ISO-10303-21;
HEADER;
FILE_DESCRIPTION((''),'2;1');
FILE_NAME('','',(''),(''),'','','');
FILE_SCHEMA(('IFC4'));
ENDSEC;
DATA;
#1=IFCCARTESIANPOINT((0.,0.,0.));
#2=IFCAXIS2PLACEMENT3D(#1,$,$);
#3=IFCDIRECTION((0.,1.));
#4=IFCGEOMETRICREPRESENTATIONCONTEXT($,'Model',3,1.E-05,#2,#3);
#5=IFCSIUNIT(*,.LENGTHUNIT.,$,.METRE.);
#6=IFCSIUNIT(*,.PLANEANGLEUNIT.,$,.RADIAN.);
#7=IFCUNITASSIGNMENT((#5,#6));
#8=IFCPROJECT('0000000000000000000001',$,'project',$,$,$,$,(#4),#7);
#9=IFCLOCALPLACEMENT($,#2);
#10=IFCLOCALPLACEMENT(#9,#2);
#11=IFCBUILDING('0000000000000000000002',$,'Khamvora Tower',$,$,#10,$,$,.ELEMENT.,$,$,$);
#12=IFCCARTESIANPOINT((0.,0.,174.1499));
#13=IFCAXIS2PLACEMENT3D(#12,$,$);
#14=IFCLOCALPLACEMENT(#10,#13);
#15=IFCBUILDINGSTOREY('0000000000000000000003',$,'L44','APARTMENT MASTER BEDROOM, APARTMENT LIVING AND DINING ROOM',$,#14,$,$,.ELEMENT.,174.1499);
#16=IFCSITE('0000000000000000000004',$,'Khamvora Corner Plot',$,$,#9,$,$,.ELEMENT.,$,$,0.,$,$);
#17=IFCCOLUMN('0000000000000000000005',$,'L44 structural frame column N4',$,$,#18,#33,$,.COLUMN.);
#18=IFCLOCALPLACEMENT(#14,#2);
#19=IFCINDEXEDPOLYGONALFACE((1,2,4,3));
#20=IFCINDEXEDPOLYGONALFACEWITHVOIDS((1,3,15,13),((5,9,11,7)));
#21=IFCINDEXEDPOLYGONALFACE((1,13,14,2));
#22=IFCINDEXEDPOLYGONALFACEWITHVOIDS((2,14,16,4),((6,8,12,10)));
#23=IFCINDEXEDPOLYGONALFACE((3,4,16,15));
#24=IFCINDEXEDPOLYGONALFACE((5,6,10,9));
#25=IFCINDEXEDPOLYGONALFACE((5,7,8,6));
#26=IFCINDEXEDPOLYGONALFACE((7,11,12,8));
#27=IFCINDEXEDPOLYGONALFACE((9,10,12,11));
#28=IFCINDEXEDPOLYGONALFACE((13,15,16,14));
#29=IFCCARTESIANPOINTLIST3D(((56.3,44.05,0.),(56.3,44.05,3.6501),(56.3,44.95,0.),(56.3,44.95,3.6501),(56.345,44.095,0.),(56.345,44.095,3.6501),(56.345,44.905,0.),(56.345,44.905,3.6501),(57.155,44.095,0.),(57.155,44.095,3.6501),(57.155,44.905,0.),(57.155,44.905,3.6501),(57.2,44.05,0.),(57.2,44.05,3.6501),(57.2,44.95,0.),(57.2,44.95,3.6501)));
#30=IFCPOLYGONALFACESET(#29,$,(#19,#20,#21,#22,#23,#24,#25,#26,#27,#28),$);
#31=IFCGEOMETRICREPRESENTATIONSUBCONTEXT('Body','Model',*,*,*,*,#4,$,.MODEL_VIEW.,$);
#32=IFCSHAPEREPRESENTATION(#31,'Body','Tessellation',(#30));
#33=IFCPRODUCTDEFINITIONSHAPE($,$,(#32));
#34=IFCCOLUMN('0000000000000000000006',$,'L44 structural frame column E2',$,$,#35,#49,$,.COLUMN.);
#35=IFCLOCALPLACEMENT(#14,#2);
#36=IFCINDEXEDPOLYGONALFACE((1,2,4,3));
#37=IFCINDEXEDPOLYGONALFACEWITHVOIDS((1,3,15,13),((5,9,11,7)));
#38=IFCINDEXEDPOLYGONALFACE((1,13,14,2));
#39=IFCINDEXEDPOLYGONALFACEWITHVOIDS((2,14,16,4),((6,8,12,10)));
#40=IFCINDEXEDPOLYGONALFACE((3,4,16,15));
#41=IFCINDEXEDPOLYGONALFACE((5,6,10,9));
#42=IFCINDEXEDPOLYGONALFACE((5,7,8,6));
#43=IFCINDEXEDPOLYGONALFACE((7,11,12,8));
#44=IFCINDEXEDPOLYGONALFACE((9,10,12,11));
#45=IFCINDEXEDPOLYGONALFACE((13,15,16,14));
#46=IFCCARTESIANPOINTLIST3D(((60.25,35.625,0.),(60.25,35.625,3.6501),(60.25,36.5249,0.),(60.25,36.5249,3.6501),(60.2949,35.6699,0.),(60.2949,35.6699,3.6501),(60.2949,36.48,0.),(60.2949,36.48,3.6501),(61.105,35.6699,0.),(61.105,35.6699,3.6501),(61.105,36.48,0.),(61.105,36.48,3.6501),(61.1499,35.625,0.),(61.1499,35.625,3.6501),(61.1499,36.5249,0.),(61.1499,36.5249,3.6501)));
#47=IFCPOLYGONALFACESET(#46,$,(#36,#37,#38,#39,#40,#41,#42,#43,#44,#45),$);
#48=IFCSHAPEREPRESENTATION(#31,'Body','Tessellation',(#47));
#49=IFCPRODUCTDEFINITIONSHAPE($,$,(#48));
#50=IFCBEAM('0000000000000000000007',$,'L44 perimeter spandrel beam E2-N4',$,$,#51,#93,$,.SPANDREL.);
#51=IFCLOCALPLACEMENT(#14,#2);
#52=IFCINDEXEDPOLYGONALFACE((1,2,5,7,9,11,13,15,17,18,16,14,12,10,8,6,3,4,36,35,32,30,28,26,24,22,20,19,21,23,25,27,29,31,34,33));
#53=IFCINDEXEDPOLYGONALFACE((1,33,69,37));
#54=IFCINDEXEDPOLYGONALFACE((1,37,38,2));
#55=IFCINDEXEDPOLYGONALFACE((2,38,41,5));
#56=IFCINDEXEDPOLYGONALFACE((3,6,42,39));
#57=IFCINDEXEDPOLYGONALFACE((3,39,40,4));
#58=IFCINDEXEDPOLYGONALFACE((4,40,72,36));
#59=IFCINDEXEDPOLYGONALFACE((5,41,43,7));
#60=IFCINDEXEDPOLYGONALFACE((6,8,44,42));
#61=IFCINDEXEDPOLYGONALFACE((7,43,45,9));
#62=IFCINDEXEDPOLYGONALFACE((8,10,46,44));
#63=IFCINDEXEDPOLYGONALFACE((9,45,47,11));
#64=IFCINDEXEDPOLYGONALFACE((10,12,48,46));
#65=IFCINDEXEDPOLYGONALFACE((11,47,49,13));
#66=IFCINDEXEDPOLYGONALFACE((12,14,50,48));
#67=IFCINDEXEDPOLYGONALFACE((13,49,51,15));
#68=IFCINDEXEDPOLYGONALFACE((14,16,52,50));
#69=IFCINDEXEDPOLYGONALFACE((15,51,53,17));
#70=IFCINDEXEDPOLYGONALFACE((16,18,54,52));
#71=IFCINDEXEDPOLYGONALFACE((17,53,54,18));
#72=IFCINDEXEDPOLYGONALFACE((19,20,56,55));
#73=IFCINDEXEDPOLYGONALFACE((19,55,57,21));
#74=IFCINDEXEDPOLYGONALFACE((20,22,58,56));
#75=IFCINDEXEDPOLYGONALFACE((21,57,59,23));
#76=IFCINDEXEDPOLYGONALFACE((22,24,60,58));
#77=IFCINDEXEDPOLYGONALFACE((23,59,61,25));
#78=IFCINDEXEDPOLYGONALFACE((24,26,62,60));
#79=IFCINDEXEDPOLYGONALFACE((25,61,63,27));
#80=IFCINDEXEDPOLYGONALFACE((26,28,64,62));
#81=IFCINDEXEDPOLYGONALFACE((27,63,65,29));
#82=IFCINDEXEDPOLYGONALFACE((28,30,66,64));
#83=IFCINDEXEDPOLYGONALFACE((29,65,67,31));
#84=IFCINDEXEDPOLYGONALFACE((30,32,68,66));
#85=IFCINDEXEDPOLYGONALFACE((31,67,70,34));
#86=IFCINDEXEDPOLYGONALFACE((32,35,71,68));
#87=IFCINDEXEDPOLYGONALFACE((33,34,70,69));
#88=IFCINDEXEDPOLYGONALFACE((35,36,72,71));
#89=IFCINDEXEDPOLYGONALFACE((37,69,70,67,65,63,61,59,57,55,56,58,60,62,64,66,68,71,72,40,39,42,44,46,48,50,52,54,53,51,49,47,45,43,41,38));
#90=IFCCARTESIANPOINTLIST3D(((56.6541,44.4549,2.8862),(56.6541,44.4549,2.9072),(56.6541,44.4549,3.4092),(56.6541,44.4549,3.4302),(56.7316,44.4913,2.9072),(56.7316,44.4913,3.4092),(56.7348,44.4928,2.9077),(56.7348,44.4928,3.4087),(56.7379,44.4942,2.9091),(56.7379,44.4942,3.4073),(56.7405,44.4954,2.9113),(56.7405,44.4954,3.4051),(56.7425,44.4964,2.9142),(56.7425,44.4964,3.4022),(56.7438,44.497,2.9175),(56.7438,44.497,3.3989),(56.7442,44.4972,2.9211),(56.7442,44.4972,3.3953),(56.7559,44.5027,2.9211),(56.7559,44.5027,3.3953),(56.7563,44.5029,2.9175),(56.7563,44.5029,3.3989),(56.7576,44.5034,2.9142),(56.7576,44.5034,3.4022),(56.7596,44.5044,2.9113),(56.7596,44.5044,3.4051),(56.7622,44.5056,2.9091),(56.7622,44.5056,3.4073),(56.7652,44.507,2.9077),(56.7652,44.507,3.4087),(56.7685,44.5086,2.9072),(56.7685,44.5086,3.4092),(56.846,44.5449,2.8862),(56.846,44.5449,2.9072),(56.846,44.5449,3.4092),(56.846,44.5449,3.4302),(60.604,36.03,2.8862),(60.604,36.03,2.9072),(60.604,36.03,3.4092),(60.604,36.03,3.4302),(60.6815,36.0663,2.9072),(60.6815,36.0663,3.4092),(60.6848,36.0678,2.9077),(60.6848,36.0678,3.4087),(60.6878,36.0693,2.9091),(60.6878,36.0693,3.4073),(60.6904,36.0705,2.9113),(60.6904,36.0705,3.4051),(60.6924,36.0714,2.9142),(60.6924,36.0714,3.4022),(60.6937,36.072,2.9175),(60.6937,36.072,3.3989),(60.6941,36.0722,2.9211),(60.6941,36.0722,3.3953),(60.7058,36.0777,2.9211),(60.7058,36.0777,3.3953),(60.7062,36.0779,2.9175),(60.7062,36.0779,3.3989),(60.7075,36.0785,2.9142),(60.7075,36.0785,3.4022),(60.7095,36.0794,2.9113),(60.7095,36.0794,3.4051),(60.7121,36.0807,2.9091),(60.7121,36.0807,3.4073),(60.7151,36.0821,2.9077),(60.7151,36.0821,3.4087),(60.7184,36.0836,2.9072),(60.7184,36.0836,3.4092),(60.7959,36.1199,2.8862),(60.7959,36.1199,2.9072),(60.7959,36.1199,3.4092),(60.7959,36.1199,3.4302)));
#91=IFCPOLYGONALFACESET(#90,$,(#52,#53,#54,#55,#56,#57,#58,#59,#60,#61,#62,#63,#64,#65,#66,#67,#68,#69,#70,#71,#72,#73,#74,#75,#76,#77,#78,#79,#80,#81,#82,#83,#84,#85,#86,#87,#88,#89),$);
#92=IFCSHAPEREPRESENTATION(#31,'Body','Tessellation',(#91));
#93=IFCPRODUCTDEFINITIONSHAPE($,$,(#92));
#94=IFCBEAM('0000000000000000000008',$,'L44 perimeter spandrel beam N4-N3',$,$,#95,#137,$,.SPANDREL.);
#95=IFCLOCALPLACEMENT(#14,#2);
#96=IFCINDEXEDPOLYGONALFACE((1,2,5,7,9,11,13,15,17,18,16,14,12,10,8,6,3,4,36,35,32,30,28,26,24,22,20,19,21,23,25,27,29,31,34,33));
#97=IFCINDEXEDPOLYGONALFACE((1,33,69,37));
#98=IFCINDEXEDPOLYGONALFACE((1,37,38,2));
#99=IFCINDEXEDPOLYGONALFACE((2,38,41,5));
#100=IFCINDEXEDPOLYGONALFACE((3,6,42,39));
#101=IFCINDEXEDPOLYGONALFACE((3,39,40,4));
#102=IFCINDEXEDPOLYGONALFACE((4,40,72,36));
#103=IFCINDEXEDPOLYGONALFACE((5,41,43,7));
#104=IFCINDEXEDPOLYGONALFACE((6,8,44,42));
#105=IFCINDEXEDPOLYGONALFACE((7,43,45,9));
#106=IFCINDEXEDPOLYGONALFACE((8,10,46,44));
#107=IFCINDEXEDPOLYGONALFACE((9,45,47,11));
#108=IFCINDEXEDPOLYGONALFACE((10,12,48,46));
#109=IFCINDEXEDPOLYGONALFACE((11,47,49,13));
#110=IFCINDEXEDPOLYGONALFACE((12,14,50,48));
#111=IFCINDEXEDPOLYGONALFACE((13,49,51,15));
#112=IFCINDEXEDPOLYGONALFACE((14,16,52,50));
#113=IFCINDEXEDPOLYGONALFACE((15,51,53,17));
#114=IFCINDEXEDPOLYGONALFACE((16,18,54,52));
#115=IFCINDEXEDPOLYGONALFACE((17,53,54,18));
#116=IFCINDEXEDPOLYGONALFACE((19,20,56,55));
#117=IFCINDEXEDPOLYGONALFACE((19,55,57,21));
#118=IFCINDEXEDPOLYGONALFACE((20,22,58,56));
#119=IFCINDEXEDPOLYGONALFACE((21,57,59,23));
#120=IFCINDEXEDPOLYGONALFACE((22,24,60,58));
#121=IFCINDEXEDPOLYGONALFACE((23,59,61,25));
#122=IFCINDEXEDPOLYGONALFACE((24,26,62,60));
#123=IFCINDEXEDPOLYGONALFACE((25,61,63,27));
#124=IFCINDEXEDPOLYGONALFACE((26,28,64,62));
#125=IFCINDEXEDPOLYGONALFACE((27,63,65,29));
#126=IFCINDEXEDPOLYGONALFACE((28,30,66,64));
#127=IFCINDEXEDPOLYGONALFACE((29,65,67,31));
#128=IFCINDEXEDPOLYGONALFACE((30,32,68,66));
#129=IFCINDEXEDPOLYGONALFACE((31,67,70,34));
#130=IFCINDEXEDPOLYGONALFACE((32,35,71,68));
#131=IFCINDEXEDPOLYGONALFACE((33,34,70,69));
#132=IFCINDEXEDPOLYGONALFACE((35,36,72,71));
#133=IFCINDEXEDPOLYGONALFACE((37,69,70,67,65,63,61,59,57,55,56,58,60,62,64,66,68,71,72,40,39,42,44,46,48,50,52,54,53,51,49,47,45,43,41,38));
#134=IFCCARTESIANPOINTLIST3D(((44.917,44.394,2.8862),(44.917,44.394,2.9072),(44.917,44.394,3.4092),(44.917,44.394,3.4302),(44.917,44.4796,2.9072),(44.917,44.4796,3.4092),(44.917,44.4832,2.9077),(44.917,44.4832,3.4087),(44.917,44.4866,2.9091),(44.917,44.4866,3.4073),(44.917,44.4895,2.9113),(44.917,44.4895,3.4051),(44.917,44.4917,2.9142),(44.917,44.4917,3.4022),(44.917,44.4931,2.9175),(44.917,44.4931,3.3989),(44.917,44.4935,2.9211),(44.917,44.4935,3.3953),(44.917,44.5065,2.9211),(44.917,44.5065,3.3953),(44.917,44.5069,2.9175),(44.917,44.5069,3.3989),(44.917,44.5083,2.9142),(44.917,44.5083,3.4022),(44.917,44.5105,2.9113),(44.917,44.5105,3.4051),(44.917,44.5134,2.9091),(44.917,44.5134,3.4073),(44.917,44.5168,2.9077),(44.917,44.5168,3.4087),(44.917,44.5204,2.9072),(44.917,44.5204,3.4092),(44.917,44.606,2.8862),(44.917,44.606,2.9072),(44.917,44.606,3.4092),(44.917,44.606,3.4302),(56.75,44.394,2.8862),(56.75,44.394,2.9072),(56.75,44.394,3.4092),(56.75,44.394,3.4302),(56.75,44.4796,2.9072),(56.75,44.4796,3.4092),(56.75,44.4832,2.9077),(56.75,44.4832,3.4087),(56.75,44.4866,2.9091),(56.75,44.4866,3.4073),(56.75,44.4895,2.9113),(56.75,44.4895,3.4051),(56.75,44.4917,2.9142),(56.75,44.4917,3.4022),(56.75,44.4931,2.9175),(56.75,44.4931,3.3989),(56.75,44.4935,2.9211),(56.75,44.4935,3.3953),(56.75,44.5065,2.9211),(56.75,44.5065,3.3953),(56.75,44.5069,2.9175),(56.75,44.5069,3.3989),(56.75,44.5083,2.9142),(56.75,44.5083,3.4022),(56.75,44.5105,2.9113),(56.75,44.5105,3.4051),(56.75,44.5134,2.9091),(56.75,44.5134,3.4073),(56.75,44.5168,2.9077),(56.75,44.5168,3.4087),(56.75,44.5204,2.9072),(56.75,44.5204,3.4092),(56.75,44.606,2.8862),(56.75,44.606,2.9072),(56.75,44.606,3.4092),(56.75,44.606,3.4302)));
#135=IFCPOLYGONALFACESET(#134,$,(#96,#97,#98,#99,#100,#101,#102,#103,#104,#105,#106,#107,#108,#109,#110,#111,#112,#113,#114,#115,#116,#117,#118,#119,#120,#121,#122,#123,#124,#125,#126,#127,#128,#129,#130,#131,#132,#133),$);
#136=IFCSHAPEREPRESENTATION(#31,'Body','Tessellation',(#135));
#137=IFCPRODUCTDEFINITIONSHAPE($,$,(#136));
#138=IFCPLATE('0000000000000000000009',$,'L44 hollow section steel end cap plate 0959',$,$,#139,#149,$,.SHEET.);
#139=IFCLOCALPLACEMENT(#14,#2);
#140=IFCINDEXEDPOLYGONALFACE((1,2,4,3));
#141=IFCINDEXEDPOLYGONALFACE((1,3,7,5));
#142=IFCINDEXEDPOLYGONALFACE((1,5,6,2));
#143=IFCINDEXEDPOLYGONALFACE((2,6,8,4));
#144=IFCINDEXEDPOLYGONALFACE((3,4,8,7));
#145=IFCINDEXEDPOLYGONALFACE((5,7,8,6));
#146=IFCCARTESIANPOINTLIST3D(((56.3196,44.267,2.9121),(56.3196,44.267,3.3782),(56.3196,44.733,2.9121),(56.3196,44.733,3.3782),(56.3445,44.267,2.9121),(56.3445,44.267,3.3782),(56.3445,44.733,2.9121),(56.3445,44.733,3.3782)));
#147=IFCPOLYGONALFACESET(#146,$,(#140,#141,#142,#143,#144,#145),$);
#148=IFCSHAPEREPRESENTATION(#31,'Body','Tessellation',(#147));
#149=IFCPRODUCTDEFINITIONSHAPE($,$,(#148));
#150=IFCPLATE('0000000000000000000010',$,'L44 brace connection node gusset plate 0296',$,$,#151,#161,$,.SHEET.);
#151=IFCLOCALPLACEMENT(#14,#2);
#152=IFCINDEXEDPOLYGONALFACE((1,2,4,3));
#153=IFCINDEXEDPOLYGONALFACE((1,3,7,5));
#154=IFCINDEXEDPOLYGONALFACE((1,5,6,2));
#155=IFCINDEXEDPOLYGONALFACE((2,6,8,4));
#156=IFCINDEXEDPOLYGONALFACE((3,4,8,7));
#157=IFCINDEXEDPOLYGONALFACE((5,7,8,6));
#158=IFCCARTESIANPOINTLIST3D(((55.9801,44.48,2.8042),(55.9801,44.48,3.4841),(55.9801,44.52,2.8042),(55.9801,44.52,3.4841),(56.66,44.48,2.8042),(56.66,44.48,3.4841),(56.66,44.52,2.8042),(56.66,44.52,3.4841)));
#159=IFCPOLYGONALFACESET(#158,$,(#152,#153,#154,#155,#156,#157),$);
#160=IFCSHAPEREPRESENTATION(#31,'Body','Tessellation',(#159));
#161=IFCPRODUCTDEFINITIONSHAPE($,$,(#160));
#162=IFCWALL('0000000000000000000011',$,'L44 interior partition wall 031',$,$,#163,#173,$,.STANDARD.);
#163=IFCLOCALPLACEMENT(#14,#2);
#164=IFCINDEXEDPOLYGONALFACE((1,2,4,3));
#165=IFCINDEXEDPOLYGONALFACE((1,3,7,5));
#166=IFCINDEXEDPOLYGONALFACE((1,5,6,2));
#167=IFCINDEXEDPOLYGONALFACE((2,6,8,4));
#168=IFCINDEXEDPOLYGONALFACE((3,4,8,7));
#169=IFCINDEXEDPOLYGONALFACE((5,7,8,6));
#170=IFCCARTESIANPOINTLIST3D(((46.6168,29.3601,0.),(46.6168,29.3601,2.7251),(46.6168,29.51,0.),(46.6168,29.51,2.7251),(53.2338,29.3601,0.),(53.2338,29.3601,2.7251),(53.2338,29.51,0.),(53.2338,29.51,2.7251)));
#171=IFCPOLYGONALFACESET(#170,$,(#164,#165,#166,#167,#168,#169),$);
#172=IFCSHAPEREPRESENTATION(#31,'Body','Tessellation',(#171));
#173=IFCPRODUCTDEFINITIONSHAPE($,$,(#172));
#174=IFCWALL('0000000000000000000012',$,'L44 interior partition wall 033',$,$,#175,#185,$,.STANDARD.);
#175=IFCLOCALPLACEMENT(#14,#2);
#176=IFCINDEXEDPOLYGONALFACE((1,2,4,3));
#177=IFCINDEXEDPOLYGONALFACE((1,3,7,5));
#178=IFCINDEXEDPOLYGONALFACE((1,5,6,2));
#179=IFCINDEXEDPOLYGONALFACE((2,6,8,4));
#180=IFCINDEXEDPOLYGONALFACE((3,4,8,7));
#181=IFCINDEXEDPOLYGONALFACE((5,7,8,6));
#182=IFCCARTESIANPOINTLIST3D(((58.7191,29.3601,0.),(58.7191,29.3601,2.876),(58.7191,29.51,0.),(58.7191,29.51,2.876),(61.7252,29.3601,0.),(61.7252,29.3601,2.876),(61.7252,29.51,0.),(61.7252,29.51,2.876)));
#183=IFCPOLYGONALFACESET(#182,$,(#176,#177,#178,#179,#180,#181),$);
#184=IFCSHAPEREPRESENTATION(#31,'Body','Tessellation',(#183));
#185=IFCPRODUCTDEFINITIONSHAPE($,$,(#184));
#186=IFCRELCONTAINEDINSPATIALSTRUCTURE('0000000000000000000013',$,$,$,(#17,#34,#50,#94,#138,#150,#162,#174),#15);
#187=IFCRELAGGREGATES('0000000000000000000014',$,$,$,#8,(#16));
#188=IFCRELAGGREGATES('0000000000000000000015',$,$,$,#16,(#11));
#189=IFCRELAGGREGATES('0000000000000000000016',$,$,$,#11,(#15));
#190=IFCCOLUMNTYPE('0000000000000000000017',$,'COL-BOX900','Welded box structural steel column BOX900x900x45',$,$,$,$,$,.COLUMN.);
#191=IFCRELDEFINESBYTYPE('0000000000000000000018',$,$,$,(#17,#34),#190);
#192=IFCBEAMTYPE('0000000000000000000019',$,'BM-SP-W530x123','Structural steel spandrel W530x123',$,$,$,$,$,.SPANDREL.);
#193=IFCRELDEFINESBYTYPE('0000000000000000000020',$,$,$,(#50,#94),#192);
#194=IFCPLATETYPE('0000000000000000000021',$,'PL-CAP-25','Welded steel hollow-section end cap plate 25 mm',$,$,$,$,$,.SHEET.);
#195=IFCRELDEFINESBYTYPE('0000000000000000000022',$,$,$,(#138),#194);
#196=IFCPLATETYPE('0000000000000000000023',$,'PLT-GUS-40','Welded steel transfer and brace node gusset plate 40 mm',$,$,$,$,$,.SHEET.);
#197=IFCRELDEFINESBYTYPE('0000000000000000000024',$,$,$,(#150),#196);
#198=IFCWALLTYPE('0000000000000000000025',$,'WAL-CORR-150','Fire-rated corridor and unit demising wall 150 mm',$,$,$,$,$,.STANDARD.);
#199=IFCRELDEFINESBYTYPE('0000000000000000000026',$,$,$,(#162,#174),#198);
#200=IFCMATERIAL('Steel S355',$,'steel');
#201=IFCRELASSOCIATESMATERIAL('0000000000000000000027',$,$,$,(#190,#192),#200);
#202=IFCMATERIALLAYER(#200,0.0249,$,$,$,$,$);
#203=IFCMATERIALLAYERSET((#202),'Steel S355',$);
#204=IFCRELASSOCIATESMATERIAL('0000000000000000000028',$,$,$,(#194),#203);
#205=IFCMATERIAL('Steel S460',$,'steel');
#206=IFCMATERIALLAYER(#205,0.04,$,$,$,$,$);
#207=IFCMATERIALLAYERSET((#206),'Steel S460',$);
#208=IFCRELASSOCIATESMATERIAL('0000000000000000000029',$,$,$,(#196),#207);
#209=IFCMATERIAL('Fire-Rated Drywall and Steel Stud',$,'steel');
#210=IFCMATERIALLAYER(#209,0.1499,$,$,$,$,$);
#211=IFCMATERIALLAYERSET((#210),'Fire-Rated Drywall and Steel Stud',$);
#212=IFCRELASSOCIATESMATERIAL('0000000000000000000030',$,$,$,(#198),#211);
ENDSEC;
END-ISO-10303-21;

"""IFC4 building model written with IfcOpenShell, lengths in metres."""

from ifc_helpers import new_model, si_unit, direction, frame, frame_2d, origin, origin_2d, place, context, subcontext, project, spatial, rectangle, hollow_rectangle, i_section, extrude, material, layer, layer_set, material_profile, profile_set, type_object, element, save


model = new_model("IFC4")

# Units and contexts
model_context = context("Model", 3, precision=1e-05, world=origin(), true_north=direction((0.0, 1.0)))
body_context = subcontext(model_context, "Body", "Model", "MODEL_VIEW")
ifc_project = project(units=[si_unit("LENGTHUNIT", "METRE"), si_unit("PLANEANGLEUNIT", "RADIAN")], contexts=[model_context])

# Site, building, storey
site_placement = place(None, origin())
site = spatial("IfcSite", under=ifc_project, at=site_placement, Name="Khamvora Corner Plot", CompositionType="ELEMENT", RefElevation=0.0)
building_placement = place(site_placement, origin())
building = spatial("IfcBuilding", under=site, at=building_placement, Name="Khamvora Tower", CompositionType="ELEMENT")
storey_placement = place(building_placement, frame((0.0, 0.0, 174.1499)))
storey = spatial("IfcBuildingStorey", under=building, at=storey_placement, Name="L44", Description="APARTMENT MASTER BEDROOM, APARTMENT LIVING AND DINING ROOM", CompositionType="ELEMENT", Elevation=174.1499)

# Columns
ifc_material_1 = material(Name="Steel S355", Category="steel")
ifc_material_profile_1 = material_profile(ifc_material_1, hollow_rectangle(XDim=0.8999, YDim=0.8999, WallThickness=0.0449, at=origin_2d()), Name="BOX900x900x45")
ifc_profile_set_1 = profile_set([ifc_material_profile_1], Name="Steel S355")
column_type = type_object("IfcColumnType", Name="COL-BOX900", Description="Welded box structural steel column BOX900x900x45", PredefinedType="COLUMN", material=ifc_profile_set_1)
for number, where, z_axis, x_axis, name in (
    (1, (56.75, 44.5, 0.0), (0.0, 0.0, 1.0), (1.0, 0.0, 0.0), "L44 structural frame column N4"),
    (2, (60.7, 36.075, 0.0), (0.0, 0.0, 1.0), (1.0, 0.0, 0.0), "L44 structural frame column E2"),
):
    element("IfcColumn", number, at=place(storey_placement, frame(where, z_axis=z_axis, x_axis=x_axis)), inside=storey, type_object=column_type, Name=name, PredefinedType="COLUMN", context=body_context, shape_type="SweptSolid", body=[
        extrude(hollow_rectangle(XDim=0.8999, YDim=0.8999, WallThickness=0.0449, at=origin_2d()), origin(), (0.0, 0.0, 1.0), 3.6501),
    ])

# Beams
ifc_material_profile_2 = material_profile(ifc_material_1, i_section(OverallWidth=0.2119, OverallDepth=0.5439, WebThickness=0.0129, FlangeThickness=0.021, FilletRadius=0.0139, at=origin_2d()), Name="W530x123")
ifc_profile_set_2 = profile_set([ifc_material_profile_2], Name="Steel S355")
beam_type = type_object("IfcBeamType", Name="BM-SP-W530x123", Description="Structural steel spandrel W530x123", PredefinedType="SPANDREL", material=ifc_profile_set_2)
beam_1_placement = place(storey_placement, frame((60.7, 36.075, 3.1582), z_axis=(-0.424496, 0.90543, 0.0), x_axis=(-0.90543, -0.424496, 0.0)))
element("IfcBeam", 3, at=beam_1_placement, inside=storey, type_object=beam_type, Name="L44 perimeter spandrel beam E2-N4", PredefinedType="SPANDREL", context=body_context, shape_type="SweptSolid", body=[
    extrude(i_section(OverallWidth=0.2119, OverallDepth=0.5439, WebThickness=0.0129, FlangeThickness=0.021, FilletRadius=0.0139, at=origin_2d()), origin(), (0.0, 0.0, 1.0), 9.3049),
])
beam_2_placement = place(storey_placement, frame((56.75, 44.5, 3.1582), z_axis=(-1.0, 0.0, 0.0), x_axis=(0.0, -1.0, 0.0)))
element("IfcBeam", 4, at=beam_2_placement, inside=storey, type_object=beam_type, Name="L44 perimeter spandrel beam N4-N3", PredefinedType="SPANDREL", context=body_context, shape_type="SweptSolid", body=[
    extrude(i_section(OverallWidth=0.2119, OverallDepth=0.5439, WebThickness=0.0129, FlangeThickness=0.021, FilletRadius=0.0139, at=origin_2d()), origin(), (0.0, 0.0, 1.0), 11.833),
])

# Plates
ifc_layer_1 = layer(ifc_material_1, 0.0249)
ifc_layer_set_1 = layer_set([ifc_layer_1], Name="Steel S355")
plate_type_1 = type_object("IfcPlateType", Name="PL-CAP-25", Description="Welded steel hollow-section end cap plate 25 mm", PredefinedType="SHEET", material=ifc_layer_set_1)
plate_1_placement = place(storey_placement, frame((56.332, 44.5, 2.9121), z_axis=(0.0, 0.0, 1.0), x_axis=(1.0, 0.0, 0.0)))
element("IfcPlate", 5, at=plate_1_placement, inside=storey, type_object=plate_type_1, Name="L44 hollow section steel end cap plate 0959", PredefinedType="SHEET", context=body_context, shape_type="SweptSolid", body=[
    extrude(rectangle(XDim=0.0249, YDim=0.4661, at=origin_2d()), origin(), (0.0, 0.0, 1.0), 0.4661),
])
ifc_material_2 = material(Name="Steel S460", Category="steel")
ifc_layer_2 = layer(ifc_material_2, 0.04)
ifc_layer_set_2 = layer_set([ifc_layer_2], Name="Steel S460")
plate_type_2 = type_object("IfcPlateType", Name="PLT-GUS-40", Description="Welded steel transfer and brace node gusset plate 40 mm", PredefinedType="SHEET", material=ifc_layer_set_2)
plate_2_placement = place(storey_placement, frame((56.3201, 44.5, 2.8042), z_axis=(0.0, 0.0, 1.0), x_axis=(1.0, 0.0, 0.0)))
element("IfcPlate", 6, at=plate_2_placement, inside=storey, type_object=plate_type_2, Name="L44 brace connection node gusset plate 0296", PredefinedType="SHEET", context=body_context, shape_type="SweptSolid", body=[
    extrude(rectangle(XDim=0.6799, YDim=0.04, at=origin_2d()), origin(), (0.0, 0.0, 1.0), 0.6799),
])

# Wall
ifc_material_3 = material(Name="Fire-Rated Drywall and Steel Stud", Category="steel")
ifc_layer_3 = layer(ifc_material_3, 0.1499)
ifc_layer_set_3 = layer_set([ifc_layer_3], Name="Fire-Rated Drywall and Steel Stud")
wall_type_1 = type_object("IfcWallType", Name="WAL-CORR-150", Description="Fire-rated corridor and unit demising wall 150 mm", PredefinedType="STANDARD", material=ifc_layer_set_3)
wall_1_placement = place(storey_placement, frame((53.2339, 29.4351, 0.0), z_axis=(0.0, 0.0, 1.0), x_axis=(-1.0, 0.0, 0.0)))
element("IfcWall", 7, at=wall_1_placement, inside=storey, type_object=wall_type_1, Name="L44 interior partition wall 031", PredefinedType="STANDARD", context=body_context, shape_type="SweptSolid", body=[
    extrude(rectangle(XDim=6.6169, YDim=0.1499, at=frame_2d((3.3086, 0.0))), origin(), (0.0, 0.0, 1.0), 2.7251),
])

# Wall
wall_2_placement = place(storey_placement, frame((61.7251, 29.4351, 0.0), z_axis=(0.0, 0.0, 1.0), x_axis=(-1.0, 0.0, 0.0)))
element("IfcWall", 8, at=wall_2_placement, inside=storey, type_object=wall_type_1, Name="L44 interior partition wall 033", PredefinedType="STANDARD", context=body_context, shape_type="SweptSolid", body=[
    extrude(rectangle(XDim=3.0061, YDim=0.1499, at=frame_2d((1.5029, 0.0))), origin(), (0.0, 0.0, 1.0), 2.876),
])

save(model, "model.ifc")
